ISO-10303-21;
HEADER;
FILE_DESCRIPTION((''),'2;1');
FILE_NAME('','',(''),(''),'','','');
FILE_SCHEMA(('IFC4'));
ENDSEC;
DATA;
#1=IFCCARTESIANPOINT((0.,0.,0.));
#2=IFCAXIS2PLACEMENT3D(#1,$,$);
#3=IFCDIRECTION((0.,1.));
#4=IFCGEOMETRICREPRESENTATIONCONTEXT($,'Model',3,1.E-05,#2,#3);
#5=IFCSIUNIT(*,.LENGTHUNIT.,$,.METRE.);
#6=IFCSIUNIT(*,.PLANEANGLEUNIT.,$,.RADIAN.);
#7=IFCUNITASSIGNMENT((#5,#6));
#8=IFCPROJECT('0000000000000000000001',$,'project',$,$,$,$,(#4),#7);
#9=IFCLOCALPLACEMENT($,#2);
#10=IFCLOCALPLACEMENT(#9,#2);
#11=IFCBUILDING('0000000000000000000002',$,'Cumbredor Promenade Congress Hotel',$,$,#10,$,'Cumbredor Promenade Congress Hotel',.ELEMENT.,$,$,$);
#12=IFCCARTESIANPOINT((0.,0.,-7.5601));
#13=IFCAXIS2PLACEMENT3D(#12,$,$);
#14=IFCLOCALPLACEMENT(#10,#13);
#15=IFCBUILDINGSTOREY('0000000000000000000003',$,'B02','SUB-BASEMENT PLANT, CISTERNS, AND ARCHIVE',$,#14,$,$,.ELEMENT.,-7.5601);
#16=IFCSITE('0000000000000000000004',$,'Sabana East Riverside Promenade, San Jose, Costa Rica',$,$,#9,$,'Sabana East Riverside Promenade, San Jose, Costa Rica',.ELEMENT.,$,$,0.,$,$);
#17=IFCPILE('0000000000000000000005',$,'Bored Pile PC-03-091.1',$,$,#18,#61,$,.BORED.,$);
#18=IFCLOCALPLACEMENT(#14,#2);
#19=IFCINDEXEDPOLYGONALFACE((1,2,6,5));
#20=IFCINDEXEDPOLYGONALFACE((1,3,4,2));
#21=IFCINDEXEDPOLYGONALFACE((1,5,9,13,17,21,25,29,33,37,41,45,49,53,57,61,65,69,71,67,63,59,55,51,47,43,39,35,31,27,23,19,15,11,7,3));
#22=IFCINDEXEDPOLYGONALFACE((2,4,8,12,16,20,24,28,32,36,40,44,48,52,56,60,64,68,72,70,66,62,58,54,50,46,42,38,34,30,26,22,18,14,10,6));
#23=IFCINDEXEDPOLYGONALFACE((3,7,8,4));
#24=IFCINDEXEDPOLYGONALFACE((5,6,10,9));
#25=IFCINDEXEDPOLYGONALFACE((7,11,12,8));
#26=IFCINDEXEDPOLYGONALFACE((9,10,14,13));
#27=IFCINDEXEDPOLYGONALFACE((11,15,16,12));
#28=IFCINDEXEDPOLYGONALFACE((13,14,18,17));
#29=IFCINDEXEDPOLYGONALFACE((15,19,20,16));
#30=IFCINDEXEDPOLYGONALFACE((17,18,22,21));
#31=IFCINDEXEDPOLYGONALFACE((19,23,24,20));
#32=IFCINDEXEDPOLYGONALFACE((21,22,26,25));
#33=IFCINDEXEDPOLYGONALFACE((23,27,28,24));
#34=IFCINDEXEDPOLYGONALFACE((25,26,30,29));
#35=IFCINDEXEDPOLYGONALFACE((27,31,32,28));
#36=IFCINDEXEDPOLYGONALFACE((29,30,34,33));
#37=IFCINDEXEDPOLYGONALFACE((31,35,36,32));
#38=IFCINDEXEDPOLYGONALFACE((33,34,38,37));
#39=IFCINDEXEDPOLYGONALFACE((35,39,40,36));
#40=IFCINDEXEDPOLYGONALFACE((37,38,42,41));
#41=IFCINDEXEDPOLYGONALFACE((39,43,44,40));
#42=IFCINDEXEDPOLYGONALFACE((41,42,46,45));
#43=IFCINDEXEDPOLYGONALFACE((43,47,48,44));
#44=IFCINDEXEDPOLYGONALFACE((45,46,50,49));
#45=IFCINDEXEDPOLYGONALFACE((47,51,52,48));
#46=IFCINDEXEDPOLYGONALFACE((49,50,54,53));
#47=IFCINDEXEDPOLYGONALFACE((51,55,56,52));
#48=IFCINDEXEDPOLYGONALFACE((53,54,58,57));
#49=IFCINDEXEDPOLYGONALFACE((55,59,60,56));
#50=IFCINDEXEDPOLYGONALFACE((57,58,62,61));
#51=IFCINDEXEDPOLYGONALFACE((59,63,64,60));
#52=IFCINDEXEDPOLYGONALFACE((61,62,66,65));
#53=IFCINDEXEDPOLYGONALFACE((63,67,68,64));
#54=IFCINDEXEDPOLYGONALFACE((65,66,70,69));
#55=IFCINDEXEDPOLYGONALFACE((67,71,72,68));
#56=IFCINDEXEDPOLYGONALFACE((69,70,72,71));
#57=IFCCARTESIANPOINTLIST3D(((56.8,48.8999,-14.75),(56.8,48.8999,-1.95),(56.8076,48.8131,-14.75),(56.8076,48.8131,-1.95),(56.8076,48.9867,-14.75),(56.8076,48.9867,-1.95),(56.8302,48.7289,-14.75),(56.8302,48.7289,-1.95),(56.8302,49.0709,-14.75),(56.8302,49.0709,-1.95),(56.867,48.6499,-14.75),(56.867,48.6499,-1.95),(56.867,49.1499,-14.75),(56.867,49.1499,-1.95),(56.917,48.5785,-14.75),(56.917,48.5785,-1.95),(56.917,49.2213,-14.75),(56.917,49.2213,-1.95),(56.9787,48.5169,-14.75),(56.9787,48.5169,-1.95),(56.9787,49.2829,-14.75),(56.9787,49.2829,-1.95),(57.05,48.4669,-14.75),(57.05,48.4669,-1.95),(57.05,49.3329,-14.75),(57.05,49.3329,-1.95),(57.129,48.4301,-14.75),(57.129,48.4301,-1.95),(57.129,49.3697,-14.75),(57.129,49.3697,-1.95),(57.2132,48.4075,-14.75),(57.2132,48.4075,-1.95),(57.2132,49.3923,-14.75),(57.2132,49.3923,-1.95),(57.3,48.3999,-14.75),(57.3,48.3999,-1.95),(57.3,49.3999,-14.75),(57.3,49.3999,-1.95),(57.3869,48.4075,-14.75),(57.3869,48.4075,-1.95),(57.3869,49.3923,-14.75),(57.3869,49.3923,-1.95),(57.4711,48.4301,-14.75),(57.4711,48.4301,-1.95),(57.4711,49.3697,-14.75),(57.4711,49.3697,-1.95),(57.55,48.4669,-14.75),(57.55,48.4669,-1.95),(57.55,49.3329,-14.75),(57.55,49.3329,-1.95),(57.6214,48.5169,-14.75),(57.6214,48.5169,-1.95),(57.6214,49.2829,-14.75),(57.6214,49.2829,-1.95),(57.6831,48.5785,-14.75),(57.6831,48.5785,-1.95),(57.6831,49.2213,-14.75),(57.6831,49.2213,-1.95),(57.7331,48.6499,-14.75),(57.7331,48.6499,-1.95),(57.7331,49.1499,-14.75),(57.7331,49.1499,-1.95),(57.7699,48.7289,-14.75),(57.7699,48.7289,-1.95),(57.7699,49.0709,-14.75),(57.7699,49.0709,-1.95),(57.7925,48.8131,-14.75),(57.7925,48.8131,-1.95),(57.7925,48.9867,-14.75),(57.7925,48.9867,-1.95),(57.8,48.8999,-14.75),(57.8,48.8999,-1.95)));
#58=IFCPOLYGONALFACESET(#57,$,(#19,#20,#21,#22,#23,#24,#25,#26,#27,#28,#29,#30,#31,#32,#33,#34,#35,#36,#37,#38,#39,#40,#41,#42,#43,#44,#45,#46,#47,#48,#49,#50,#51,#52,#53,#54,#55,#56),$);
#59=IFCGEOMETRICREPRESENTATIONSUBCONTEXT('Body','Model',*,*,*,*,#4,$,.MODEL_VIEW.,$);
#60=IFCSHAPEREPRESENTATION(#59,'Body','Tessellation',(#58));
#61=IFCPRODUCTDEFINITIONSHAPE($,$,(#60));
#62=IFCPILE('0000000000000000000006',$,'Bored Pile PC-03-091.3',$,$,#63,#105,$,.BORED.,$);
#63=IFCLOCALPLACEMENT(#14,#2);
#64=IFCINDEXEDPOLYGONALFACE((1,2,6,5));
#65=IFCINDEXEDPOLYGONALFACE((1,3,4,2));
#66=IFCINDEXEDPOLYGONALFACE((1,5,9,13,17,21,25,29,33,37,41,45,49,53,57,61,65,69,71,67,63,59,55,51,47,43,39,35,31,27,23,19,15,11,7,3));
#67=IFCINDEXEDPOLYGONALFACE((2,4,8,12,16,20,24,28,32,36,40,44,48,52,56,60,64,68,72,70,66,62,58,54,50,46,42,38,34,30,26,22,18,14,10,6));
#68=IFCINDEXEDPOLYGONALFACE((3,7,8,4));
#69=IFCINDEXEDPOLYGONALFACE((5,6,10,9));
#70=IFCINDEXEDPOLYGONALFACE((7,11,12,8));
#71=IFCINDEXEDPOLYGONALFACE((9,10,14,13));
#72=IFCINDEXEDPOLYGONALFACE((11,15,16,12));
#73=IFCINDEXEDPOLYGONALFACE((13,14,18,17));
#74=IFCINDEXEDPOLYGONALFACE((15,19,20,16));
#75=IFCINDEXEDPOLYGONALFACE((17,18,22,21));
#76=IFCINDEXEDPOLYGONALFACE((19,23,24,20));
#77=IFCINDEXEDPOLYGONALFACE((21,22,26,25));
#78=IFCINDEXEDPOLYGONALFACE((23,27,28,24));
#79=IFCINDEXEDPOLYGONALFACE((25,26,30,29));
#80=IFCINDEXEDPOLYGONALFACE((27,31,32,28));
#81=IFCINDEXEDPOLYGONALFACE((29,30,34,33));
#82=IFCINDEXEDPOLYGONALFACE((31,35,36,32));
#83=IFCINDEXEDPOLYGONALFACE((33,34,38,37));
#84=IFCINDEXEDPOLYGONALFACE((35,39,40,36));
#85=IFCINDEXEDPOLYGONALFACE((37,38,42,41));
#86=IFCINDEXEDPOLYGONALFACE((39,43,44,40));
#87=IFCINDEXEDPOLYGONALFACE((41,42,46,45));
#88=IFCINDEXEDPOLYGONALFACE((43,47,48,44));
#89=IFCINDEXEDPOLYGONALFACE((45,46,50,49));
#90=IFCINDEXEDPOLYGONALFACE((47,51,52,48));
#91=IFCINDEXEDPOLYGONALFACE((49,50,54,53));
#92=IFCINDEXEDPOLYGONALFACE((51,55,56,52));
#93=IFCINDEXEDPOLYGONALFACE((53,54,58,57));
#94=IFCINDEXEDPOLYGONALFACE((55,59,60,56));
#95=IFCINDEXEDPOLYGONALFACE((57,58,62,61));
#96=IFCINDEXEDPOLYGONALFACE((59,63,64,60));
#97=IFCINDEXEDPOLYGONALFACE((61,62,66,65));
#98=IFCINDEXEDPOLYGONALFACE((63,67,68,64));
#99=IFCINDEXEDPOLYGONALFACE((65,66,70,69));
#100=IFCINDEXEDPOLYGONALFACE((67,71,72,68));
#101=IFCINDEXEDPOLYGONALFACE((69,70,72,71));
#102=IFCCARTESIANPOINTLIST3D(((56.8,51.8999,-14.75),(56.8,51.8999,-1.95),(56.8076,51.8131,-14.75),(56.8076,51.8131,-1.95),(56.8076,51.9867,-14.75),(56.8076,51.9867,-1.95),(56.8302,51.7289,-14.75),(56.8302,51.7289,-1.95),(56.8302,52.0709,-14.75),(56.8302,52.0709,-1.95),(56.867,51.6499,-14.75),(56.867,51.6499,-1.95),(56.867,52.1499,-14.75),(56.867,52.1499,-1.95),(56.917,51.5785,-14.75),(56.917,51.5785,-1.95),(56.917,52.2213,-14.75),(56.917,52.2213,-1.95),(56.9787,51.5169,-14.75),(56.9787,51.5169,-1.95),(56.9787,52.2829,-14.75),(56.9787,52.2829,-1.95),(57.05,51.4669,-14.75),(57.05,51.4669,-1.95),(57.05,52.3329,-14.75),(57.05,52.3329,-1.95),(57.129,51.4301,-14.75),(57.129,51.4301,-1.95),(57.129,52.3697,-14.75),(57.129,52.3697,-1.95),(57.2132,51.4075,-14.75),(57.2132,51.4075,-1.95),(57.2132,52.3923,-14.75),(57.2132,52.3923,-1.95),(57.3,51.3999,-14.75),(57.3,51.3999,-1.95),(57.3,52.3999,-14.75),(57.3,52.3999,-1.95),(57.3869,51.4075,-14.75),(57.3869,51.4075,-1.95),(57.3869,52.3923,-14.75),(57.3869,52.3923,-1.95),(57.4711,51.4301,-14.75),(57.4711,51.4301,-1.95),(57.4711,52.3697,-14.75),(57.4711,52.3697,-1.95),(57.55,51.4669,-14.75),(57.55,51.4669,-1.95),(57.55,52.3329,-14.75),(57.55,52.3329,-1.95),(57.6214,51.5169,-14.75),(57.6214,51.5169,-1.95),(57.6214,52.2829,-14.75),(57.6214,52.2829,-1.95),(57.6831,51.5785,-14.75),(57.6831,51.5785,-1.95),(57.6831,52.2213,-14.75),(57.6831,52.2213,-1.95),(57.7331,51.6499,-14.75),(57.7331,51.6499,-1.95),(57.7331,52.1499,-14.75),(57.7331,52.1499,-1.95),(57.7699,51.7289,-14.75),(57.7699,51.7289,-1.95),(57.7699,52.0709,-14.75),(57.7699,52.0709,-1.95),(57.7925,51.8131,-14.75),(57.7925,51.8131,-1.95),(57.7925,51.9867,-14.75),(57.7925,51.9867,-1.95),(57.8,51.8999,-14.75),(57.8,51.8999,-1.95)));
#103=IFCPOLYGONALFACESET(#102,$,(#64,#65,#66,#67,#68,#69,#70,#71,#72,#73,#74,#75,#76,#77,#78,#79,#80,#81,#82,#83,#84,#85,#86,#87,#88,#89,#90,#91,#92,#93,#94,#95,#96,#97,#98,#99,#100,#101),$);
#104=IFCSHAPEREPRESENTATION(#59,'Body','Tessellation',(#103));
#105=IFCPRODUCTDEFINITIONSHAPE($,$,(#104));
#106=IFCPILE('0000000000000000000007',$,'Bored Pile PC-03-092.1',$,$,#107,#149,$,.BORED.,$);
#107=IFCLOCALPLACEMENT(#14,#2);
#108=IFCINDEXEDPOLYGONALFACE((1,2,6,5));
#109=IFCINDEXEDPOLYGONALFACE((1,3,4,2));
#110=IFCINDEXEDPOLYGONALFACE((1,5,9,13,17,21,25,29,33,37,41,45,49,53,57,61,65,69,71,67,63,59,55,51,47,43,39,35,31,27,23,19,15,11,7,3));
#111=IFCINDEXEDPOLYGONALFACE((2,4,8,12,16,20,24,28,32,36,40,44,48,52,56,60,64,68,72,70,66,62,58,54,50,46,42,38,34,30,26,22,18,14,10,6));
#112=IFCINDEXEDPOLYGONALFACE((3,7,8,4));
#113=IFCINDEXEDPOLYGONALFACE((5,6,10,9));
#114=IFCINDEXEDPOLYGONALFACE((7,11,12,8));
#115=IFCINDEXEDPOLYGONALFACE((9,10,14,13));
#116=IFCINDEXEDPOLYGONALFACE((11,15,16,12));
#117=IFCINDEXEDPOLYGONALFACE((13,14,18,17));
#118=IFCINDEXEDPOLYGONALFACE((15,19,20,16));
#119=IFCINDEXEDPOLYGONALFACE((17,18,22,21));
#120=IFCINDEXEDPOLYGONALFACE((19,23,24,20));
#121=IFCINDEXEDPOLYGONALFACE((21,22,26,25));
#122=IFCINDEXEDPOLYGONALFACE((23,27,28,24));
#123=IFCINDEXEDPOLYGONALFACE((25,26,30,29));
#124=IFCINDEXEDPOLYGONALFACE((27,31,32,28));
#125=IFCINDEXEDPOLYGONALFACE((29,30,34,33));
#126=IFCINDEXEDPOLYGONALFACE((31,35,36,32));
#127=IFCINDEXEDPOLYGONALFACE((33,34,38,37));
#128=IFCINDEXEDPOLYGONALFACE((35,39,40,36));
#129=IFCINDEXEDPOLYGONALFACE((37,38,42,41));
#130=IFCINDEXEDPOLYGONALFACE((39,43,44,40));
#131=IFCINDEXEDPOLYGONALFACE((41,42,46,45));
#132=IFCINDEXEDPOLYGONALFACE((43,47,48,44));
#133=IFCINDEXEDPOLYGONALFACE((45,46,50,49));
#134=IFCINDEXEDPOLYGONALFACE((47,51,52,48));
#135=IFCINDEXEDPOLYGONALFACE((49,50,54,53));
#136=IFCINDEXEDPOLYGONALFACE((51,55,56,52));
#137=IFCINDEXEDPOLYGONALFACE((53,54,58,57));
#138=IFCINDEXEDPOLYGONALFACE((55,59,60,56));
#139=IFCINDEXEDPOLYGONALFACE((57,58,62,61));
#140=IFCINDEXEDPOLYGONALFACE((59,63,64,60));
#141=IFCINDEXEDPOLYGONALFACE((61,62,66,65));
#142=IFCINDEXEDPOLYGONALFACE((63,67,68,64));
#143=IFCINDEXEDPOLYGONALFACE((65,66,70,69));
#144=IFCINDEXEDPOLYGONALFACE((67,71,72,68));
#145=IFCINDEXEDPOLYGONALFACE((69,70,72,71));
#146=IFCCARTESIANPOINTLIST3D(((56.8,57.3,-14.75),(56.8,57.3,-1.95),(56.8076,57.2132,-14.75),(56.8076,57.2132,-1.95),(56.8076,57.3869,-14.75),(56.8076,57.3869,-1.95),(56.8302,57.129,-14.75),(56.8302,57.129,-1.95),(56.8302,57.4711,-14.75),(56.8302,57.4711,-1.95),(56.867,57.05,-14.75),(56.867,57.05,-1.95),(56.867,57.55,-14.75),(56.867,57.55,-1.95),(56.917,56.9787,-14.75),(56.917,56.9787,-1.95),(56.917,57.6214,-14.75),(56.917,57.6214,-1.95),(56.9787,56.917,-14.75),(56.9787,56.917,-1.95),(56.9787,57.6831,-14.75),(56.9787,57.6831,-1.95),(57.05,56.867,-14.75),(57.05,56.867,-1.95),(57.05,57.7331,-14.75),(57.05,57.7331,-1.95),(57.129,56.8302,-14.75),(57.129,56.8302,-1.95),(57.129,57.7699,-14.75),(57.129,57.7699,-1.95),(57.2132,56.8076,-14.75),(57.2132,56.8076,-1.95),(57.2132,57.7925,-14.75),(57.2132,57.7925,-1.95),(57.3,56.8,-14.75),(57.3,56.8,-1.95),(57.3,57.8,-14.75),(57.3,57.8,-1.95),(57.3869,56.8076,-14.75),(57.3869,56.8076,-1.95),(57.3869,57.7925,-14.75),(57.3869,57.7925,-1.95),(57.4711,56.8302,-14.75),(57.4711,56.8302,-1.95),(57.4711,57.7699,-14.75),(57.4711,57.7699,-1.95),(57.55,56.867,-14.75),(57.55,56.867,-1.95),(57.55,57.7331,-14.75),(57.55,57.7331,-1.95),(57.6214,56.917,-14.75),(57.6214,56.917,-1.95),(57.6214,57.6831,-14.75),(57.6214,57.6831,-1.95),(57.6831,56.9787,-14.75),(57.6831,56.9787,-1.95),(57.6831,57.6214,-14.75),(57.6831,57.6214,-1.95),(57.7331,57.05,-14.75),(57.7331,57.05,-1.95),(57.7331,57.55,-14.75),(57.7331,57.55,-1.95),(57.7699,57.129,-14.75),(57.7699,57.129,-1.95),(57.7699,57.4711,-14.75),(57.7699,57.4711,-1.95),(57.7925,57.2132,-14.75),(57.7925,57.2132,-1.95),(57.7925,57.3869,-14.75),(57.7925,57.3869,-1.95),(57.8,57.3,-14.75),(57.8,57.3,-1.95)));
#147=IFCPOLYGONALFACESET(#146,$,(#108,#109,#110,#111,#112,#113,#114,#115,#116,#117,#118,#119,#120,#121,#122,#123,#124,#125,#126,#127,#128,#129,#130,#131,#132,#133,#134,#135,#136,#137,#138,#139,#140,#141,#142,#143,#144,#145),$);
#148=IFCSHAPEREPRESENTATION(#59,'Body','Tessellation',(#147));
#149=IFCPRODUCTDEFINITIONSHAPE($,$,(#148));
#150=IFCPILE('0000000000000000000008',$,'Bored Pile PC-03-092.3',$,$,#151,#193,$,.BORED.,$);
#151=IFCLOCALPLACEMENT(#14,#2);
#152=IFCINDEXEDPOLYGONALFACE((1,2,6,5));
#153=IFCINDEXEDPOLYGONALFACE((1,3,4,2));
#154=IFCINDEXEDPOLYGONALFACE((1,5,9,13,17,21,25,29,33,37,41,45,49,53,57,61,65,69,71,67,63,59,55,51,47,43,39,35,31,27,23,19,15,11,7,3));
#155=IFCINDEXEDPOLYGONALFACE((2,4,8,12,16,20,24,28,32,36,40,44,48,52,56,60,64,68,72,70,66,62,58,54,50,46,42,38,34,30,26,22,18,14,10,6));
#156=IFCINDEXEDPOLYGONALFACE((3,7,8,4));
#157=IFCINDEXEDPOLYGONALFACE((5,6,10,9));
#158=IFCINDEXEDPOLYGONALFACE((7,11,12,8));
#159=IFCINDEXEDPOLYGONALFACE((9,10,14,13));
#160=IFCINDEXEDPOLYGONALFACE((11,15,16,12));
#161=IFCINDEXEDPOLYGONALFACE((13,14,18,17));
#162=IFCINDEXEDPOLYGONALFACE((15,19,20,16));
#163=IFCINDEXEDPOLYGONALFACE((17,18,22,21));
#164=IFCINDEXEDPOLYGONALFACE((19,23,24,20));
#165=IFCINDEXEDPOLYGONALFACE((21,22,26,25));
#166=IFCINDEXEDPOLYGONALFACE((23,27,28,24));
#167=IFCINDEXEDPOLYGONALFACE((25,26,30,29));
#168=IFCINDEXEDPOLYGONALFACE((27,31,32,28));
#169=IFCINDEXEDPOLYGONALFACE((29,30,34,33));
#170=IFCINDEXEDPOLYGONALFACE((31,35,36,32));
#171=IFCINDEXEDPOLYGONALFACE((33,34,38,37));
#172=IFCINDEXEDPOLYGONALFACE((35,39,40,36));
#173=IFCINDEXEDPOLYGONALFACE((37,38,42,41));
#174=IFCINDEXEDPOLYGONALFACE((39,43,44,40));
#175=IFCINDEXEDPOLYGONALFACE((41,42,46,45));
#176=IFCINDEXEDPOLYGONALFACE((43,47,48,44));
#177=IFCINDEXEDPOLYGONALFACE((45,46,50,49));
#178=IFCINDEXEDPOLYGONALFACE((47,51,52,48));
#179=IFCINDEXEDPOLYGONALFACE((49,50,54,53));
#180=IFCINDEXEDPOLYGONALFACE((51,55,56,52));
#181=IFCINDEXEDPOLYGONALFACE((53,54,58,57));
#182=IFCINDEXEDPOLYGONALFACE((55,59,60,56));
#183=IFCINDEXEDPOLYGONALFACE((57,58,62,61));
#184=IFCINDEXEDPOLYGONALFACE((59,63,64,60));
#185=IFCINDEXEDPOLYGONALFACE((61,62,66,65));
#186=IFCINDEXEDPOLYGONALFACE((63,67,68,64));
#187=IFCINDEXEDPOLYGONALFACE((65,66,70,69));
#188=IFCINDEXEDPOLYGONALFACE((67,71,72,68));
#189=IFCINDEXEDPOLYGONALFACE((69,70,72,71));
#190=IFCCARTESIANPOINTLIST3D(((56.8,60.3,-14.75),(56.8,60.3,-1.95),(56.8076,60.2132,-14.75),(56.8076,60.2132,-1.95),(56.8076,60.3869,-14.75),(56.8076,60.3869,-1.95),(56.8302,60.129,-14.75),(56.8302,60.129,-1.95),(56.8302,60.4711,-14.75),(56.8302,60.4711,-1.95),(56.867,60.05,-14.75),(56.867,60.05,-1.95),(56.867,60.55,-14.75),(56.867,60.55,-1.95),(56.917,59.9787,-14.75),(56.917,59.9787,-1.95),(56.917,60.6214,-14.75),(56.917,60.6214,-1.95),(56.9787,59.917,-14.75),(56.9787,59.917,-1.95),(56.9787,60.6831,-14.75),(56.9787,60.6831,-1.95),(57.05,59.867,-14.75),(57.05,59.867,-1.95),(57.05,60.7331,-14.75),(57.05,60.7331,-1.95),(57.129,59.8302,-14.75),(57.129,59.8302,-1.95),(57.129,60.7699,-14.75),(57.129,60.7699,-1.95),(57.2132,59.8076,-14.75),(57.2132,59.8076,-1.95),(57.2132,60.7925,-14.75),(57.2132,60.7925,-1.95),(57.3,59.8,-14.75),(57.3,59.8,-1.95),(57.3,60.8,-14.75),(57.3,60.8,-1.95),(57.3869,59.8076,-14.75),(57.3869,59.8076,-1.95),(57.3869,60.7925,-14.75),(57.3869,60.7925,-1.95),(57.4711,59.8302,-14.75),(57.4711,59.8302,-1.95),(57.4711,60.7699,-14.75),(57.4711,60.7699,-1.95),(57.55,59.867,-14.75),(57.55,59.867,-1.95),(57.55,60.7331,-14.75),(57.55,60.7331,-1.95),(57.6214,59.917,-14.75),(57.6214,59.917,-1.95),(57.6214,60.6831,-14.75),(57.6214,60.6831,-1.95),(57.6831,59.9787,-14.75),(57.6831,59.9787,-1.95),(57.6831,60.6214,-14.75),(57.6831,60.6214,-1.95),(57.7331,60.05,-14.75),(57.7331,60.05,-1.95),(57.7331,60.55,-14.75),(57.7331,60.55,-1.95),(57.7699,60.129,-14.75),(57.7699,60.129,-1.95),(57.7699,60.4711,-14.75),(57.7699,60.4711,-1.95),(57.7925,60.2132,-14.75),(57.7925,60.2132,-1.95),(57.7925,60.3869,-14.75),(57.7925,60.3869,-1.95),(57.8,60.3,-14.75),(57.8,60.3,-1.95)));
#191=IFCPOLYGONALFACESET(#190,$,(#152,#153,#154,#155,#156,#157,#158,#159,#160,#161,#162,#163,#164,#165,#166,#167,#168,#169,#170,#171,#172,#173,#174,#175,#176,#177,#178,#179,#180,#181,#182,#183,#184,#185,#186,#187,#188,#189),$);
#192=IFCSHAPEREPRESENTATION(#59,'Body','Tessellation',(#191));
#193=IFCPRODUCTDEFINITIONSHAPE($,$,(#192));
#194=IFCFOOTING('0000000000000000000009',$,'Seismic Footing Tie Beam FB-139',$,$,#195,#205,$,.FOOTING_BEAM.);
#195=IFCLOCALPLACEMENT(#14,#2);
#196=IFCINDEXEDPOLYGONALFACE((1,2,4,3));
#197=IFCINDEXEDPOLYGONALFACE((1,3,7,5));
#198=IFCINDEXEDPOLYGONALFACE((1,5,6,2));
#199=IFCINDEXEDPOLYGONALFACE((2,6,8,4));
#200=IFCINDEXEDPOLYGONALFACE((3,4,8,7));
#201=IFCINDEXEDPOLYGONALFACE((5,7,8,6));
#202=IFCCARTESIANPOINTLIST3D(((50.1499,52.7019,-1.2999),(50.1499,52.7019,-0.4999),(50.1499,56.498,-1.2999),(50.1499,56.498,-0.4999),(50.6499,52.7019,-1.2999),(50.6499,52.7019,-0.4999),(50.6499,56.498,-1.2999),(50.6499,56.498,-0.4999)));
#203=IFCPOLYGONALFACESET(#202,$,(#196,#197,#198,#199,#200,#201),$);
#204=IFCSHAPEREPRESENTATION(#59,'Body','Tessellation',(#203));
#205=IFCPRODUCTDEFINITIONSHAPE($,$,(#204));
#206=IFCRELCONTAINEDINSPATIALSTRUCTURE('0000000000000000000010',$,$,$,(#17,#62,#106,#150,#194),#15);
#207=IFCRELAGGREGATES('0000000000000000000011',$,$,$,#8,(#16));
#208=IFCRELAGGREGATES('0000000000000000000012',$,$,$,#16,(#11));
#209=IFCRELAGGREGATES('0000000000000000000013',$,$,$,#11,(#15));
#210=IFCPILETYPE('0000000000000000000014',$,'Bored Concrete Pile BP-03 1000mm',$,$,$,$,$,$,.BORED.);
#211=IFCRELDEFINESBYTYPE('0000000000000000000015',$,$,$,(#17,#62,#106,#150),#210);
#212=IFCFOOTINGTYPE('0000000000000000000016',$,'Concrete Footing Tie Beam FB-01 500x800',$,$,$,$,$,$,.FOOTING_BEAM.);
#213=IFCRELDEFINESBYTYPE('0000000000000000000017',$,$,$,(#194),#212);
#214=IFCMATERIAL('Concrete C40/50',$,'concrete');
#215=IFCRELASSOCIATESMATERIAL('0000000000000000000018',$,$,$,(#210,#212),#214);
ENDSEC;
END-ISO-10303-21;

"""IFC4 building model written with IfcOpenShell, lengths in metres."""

from ifc_helpers import new_model, si_unit, direction, frame, origin, origin_2d, place, context, subcontext, project, spatial, rectangle, circle, extrude, material, material_profile, profile_set, type_object, element, save


model = new_model("IFC4")

# Units and contexts
model_context = context("Model", 3, precision=1e-05, world=origin(), true_north=direction((0.0, 1.0)))
body_context = subcontext(model_context, "Body", "Model", "MODEL_VIEW")
ifc_project = project(units=[si_unit("LENGTHUNIT", "METRE"), si_unit("PLANEANGLEUNIT", "RADIAN")], contexts=[model_context])

# Site, building, storey
site_placement = place(None, origin())
site = spatial("IfcSite", under=ifc_project, at=site_placement, Name="Sabana East Riverside Promenade, San Jose, Costa Rica", LongName="Sabana East Riverside Promenade, San Jose, Costa Rica", CompositionType="ELEMENT", RefElevation=0.0)
building_placement = place(site_placement, origin())
building = spatial("IfcBuilding", under=site, at=building_placement, Name="Cumbredor Promenade Congress Hotel", LongName="Cumbredor Promenade Congress Hotel", CompositionType="ELEMENT")
storey_placement = place(building_placement, frame((0.0, 0.0, -7.5601)))
storey = spatial("IfcBuildingStorey", under=building, at=storey_placement, Name="B02", Description="SUB-BASEMENT PLANT, CISTERNS, AND ARCHIVE", CompositionType="ELEMENT", Elevation=-7.5601)

# Piles
ifc_material_1 = material(Name="Concrete C40/50", Category="concrete")
ifc_material_profile_1 = material_profile(ifc_material_1, circle(Radius=0.5, at=origin_2d()), Name="PILE D1000")
ifc_profile_set_1 = profile_set([ifc_material_profile_1], Name="Concrete C40/50")
pile_type = type_object("IfcPileType", Name="Bored Concrete Pile BP-03 1000mm", PredefinedType="BORED", material=ifc_profile_set_1)
for number, where, z_axis, x_axis, name in (
    (1, (57.3, 48.8999, -1.95), (0.0, 0.0, -1.0), (1.0, 0.0, 0.0), "Bored Pile PC-03-091.1"),
    (2, (57.3, 51.8999, -1.95), (0.0, 0.0, -1.0), (1.0, 0.0, 0.0), "Bored Pile PC-03-091.3"),
    (3, (57.3, 57.3, -1.95), (0.0, 0.0, -1.0), (1.0, 0.0, 0.0), "Bored Pile PC-03-092.1"),
    (4, (57.3, 60.3, -1.95), (0.0, 0.0, -1.0), (1.0, 0.0, 0.0), "Bored Pile PC-03-092.3"),
):
    element("IfcPile", number, at=place(storey_placement, frame(where, z_axis=z_axis, x_axis=x_axis)), inside=storey, type_object=pile_type, Name=name, PredefinedType="BORED", context=body_context, shape_type="SweptSolid", body=[
        extrude(circle(Radius=0.5, at=origin_2d()), origin(), (0.0, 0.0, 1.0), 12.8),
    ])

# Footing
ifc_material_profile_2 = material_profile(ifc_material_1, rectangle(XDim=0.5, YDim=0.8, at=origin_2d()), Name="FB 500x800")
ifc_profile_set_2 = profile_set([ifc_material_profile_2], Name="Concrete C40/50")
footing_type_1 = type_object("IfcFootingType", Name="Concrete Footing Tie Beam FB-01 500x800", PredefinedType="FOOTING_BEAM", material=ifc_profile_set_2)
footing_1_placement = place(storey_placement, frame((50.3999, 52.7019, -0.8999), z_axis=(0.0, 1.0, 0.0), x_axis=(-1.0, 0.0, 0.0)))
element("IfcFooting", 5, at=footing_1_placement, inside=storey, type_object=footing_type_1, Name="Seismic Footing Tie Beam FB-139", PredefinedType="FOOTING_BEAM", context=body_context, shape_type="SweptSolid", body=[
    extrude(rectangle(XDim=0.5, YDim=0.8, at=origin_2d()), origin(), (0.0, 0.0, 1.0), 3.7961),
])

save(model, "model.ifc")
